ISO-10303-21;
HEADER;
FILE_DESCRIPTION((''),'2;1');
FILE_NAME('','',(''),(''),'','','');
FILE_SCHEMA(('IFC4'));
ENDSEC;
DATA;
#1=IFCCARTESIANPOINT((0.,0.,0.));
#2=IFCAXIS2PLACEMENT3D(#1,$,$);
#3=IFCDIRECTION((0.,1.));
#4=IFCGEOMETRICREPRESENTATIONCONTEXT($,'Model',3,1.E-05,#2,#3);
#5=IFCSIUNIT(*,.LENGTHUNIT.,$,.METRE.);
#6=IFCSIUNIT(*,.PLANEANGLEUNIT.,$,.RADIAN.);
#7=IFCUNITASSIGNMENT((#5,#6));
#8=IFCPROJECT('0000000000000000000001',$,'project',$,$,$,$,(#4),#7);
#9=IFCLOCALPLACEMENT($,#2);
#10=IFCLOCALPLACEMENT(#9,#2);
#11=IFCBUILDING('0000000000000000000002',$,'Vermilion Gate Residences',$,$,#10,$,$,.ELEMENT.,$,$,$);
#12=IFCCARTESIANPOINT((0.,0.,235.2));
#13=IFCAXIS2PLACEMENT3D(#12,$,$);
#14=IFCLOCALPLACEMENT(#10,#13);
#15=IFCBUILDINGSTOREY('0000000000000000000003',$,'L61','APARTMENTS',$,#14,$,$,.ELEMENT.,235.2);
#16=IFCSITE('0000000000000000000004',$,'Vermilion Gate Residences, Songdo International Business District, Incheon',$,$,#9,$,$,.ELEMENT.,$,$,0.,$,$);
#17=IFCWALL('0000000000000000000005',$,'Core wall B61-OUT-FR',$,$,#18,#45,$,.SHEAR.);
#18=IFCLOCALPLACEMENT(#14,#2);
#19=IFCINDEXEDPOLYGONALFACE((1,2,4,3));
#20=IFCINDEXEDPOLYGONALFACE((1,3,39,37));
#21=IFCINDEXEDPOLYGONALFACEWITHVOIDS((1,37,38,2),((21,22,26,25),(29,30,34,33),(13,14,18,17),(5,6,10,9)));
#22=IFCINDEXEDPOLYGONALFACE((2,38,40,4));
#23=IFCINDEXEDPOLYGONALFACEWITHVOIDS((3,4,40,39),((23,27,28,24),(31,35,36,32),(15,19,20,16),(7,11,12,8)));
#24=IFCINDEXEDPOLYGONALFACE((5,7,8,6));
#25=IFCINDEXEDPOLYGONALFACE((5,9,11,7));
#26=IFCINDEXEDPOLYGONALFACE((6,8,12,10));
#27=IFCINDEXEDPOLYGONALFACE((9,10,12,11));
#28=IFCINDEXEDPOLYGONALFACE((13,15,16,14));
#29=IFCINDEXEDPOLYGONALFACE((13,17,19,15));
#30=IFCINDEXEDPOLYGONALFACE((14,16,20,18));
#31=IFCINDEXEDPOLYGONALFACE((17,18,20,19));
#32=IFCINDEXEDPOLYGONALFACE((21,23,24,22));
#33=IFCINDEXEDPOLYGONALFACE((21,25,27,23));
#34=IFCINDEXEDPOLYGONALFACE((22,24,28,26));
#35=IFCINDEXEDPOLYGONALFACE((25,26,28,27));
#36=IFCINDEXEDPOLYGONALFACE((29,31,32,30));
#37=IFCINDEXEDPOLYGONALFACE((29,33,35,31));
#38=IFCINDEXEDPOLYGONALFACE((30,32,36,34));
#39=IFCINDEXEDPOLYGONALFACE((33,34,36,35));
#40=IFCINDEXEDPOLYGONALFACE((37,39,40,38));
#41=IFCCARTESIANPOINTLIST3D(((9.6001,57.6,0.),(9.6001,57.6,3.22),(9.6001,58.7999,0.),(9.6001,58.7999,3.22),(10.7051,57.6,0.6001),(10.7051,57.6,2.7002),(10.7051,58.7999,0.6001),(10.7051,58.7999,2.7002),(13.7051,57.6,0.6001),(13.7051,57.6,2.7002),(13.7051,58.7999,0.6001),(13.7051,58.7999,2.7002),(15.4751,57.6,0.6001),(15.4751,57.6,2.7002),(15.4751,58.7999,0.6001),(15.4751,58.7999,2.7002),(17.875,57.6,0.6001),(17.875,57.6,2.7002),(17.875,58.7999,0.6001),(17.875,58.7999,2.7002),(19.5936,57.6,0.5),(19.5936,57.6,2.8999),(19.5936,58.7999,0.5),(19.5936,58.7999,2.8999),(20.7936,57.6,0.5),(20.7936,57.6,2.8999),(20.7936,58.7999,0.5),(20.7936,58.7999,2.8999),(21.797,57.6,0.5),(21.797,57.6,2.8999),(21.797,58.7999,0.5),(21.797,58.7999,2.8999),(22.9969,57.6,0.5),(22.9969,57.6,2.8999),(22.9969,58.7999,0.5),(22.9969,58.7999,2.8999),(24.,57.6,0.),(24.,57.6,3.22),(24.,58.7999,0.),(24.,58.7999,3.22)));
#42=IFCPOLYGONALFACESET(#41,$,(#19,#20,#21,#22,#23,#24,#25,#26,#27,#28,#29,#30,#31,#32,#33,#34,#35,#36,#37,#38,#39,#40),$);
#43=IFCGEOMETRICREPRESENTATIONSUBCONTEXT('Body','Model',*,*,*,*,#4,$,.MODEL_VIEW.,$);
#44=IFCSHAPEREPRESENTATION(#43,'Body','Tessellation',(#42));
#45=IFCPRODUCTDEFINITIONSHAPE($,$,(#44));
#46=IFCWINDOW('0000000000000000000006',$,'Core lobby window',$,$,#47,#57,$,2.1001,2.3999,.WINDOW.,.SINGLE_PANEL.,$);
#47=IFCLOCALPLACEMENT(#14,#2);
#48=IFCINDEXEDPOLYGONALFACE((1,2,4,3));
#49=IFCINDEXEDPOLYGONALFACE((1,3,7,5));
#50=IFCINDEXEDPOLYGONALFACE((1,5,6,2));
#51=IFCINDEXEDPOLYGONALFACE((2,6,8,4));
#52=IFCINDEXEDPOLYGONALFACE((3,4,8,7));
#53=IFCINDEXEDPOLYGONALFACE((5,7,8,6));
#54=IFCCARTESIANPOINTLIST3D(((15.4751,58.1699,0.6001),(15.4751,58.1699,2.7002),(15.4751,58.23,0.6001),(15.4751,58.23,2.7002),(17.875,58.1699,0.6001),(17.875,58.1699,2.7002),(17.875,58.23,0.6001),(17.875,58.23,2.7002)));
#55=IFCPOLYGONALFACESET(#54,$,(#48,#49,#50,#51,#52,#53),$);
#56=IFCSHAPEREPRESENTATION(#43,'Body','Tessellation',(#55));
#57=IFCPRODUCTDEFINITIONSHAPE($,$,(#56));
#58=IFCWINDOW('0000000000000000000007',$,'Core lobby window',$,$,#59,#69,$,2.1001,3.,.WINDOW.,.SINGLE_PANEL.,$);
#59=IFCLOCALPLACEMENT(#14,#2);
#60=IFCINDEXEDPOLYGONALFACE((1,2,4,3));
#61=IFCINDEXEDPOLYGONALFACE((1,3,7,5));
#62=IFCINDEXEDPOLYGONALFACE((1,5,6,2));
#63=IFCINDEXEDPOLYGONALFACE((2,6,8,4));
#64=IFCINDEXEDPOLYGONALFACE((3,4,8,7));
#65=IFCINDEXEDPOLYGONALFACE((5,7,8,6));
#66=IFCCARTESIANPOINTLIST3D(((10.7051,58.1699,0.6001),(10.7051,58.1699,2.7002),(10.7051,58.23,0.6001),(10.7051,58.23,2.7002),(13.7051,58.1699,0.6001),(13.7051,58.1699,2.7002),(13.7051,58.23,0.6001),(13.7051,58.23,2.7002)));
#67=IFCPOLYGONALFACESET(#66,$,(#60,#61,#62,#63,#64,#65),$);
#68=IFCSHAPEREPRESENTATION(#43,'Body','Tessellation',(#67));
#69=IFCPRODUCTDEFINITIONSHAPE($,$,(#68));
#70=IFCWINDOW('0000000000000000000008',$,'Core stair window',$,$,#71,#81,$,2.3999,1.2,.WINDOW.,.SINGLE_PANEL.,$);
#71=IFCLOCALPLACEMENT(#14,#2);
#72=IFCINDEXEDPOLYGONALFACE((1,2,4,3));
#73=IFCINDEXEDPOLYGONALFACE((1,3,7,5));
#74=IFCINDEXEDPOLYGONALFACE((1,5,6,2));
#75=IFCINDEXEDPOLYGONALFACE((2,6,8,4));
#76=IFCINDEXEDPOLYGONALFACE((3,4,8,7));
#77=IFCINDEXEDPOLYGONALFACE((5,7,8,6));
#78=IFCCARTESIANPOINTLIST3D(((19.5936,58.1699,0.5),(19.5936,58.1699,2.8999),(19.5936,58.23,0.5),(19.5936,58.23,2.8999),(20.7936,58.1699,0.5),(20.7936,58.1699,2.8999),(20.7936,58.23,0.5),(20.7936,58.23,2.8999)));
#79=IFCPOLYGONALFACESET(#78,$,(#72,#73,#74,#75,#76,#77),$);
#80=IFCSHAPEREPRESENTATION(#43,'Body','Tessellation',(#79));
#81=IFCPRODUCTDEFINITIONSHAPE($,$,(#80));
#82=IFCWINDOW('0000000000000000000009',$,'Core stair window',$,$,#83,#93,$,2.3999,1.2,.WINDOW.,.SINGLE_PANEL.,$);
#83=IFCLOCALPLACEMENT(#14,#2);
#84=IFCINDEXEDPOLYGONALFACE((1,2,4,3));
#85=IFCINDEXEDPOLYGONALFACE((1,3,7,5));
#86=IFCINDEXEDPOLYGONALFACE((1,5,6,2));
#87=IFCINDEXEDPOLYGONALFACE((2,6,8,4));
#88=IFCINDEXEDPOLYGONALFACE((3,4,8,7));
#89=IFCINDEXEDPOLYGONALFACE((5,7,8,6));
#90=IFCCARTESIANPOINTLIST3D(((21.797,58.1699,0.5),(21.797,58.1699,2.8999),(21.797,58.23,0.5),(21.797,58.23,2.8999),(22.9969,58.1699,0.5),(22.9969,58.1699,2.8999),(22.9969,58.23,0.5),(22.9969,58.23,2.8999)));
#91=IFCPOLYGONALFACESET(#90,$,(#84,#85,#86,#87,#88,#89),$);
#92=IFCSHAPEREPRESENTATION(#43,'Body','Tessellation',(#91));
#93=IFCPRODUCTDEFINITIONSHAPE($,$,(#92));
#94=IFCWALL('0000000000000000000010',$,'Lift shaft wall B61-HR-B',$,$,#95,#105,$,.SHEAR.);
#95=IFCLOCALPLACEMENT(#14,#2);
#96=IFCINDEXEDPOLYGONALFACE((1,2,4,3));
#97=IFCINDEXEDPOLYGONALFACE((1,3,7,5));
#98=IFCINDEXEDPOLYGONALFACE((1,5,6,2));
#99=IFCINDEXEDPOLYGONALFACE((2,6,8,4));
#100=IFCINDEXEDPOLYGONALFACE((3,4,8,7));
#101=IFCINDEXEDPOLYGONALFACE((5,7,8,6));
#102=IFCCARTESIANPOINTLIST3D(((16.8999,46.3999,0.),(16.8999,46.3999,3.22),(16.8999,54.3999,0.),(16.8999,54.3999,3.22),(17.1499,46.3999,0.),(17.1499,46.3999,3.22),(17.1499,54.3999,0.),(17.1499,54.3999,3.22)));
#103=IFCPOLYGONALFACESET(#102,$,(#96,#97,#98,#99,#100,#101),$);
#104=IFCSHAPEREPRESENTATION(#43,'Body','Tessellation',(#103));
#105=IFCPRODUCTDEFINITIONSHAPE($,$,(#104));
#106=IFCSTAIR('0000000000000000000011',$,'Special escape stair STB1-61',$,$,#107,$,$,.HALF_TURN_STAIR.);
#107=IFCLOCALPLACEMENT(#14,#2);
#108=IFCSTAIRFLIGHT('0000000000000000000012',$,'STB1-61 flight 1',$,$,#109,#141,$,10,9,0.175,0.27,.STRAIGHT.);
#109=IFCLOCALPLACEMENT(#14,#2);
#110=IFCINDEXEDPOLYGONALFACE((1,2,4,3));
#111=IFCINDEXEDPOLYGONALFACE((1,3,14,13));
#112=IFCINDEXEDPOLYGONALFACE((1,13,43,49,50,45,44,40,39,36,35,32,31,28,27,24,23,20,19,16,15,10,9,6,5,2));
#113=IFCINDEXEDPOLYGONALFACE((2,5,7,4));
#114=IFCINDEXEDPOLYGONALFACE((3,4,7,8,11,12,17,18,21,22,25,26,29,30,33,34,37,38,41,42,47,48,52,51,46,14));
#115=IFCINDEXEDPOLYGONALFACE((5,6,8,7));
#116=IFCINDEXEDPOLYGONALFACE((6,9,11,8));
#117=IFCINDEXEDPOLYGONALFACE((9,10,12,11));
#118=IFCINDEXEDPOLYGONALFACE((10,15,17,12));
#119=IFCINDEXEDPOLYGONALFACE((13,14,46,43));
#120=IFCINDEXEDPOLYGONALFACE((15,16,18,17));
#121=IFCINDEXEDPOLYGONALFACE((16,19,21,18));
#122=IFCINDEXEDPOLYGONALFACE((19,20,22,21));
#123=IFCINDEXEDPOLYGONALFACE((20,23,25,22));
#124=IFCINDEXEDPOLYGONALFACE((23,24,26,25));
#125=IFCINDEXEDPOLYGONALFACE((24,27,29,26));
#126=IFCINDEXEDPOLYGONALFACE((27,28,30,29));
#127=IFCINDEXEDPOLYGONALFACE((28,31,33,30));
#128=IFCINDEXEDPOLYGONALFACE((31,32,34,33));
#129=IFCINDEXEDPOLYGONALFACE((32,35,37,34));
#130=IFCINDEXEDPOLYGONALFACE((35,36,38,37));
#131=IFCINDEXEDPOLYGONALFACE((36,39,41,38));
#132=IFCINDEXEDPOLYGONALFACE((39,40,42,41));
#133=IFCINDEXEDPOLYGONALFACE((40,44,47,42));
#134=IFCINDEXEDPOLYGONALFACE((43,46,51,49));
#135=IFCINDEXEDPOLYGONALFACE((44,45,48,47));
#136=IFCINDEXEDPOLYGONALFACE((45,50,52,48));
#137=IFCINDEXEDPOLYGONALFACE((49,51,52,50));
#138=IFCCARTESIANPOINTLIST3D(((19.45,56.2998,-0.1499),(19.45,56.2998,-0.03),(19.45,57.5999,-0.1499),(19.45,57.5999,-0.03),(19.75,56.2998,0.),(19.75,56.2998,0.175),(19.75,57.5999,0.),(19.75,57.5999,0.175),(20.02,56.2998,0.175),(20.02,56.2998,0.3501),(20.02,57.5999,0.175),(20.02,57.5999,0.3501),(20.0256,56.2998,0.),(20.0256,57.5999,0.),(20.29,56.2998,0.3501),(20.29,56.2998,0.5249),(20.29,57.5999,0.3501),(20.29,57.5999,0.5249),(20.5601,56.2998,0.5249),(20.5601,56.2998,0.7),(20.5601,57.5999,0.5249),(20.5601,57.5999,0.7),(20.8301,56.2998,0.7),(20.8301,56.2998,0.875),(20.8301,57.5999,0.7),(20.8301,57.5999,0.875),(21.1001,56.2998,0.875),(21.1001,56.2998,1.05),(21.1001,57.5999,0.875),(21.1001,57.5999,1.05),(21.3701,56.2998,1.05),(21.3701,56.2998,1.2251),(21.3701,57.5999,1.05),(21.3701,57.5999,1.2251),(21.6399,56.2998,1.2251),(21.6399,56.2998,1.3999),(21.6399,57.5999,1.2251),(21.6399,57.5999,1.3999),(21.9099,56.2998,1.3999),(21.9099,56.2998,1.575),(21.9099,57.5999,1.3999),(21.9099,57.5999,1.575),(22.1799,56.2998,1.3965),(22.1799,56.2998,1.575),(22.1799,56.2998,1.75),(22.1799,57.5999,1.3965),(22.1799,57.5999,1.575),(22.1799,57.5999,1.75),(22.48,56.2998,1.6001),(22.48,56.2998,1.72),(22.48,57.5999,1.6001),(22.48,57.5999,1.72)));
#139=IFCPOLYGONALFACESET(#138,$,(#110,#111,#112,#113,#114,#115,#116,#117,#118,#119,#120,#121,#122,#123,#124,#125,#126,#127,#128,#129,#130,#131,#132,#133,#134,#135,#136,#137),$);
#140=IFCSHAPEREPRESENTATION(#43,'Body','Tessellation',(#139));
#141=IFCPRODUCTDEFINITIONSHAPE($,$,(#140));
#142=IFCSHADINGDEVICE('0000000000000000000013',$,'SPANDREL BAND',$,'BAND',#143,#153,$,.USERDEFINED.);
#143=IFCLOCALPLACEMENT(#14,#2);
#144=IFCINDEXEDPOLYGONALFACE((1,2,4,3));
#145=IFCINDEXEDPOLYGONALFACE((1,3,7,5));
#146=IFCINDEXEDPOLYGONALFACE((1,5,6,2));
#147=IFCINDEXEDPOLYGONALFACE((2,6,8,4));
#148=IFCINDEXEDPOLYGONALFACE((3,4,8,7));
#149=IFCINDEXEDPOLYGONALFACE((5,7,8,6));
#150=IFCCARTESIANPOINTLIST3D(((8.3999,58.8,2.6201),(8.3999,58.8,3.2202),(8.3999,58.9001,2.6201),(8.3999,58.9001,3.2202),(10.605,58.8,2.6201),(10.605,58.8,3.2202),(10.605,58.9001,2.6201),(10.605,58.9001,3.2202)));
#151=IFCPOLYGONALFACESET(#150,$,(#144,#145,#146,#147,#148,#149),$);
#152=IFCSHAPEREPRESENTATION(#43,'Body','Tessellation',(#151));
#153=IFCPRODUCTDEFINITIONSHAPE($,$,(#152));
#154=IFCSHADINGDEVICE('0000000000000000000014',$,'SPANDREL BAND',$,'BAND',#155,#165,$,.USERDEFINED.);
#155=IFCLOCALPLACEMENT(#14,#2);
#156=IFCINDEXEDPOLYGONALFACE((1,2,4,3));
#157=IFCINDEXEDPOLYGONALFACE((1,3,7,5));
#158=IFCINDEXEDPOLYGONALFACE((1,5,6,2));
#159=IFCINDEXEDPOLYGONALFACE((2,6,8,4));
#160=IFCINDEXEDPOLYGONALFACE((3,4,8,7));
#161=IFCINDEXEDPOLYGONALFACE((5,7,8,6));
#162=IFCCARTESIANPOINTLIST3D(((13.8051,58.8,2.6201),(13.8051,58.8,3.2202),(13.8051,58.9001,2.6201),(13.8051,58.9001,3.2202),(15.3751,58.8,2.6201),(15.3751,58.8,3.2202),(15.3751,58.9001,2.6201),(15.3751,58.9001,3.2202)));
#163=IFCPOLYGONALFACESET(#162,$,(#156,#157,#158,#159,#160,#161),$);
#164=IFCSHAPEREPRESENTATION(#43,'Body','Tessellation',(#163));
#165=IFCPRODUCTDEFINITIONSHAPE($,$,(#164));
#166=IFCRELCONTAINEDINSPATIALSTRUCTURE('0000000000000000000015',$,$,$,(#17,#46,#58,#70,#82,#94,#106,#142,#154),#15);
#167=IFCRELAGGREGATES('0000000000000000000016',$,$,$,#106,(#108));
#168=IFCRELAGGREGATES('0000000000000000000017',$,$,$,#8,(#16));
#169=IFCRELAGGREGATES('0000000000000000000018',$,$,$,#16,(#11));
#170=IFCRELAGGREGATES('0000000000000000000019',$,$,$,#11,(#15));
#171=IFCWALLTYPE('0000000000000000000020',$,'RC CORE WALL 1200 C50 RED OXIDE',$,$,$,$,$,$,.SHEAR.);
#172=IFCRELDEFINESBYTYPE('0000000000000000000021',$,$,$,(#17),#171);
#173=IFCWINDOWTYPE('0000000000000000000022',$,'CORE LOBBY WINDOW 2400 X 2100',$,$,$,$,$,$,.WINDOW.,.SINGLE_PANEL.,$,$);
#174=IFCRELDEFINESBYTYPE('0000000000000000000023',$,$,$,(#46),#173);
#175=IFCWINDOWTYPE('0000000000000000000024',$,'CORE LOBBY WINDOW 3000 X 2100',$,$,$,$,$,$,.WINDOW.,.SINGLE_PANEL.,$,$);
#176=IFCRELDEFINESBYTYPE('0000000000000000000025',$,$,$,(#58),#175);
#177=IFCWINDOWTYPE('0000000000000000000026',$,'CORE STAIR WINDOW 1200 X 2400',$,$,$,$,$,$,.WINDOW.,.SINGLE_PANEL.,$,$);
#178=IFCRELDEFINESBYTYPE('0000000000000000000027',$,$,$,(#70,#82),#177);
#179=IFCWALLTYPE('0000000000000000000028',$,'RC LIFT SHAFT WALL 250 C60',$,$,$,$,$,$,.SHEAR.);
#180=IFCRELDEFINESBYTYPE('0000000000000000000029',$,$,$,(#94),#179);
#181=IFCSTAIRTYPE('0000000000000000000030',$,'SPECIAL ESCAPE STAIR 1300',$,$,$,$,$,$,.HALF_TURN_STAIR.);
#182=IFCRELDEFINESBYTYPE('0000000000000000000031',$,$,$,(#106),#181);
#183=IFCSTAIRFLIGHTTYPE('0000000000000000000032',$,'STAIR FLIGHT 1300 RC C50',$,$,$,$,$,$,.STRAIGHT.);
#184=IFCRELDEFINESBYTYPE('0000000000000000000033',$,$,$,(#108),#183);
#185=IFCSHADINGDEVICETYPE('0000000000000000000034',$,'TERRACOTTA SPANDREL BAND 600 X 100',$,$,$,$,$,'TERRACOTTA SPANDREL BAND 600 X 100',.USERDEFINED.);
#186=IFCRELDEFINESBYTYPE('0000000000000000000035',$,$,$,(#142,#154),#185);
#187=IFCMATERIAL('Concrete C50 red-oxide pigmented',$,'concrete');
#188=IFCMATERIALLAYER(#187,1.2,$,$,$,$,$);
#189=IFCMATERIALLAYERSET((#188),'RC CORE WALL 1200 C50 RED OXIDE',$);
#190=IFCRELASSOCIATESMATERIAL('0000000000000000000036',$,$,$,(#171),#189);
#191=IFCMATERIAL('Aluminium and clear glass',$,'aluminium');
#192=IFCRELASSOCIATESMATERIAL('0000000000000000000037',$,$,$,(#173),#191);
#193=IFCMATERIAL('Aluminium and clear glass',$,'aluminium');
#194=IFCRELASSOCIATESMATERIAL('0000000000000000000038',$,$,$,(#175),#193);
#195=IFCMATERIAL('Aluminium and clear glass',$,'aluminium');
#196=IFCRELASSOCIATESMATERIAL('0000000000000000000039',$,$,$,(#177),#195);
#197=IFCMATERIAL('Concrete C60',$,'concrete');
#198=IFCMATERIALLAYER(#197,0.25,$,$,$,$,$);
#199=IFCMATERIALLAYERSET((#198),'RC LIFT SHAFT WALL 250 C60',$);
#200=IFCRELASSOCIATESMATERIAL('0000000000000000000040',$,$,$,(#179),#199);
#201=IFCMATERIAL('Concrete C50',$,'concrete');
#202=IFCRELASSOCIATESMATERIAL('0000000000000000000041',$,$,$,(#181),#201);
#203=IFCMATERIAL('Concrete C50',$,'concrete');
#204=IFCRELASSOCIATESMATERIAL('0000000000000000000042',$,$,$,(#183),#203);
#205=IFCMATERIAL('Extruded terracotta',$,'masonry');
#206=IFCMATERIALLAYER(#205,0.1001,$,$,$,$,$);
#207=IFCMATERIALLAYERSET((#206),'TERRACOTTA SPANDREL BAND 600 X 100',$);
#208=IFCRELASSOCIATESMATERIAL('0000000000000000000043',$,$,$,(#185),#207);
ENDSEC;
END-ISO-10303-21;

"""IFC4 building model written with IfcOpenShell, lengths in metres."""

from ifc_helpers import new_model, si_unit, direction, frame, frame_2d, origin, origin_2d, place, context, subcontext, project, spatial, polyline, rectangle, outline, extrude, material, layer, layer_set, type_object, element, fill, aggregate, save


model = new_model("IFC4")

# Units and contexts
model_context = context("Model", 3, precision=1e-05, world=origin(), true_north=direction((0.0, 1.0)))
body_context = subcontext(model_context, "Body", "Model", "MODEL_VIEW")
ifc_project = project(units=[si_unit("LENGTHUNIT", "METRE"), si_unit("PLANEANGLEUNIT", "RADIAN")], contexts=[model_context])

# Site, building, storey
site_placement = place(None, origin())
site = spatial("IfcSite", under=ifc_project, at=site_placement, Name="Vermilion Gate Residences, Songdo International Business District, Incheon", CompositionType="ELEMENT", RefElevation=0.0)
building_placement = place(site_placement, origin())
building = spatial("IfcBuilding", under=site, at=building_placement, Name="Vermilion Gate Residences", CompositionType="ELEMENT")
storey_placement = place(building_placement, frame((0.0, 0.0, 235.2)))
storey = spatial("IfcBuildingStorey", under=building, at=storey_placement, Name="L61", Description="APARTMENTS", CompositionType="ELEMENT", Elevation=235.2)

# Wall, openings, windows
ifc_material_1 = material(Name="Concrete C50 red-oxide pigmented", Category="concrete")
ifc_layer_1 = layer(ifc_material_1, 1.2)
ifc_layer_set_1 = layer_set([ifc_layer_1], Name="RC CORE WALL 1200 C50 RED OXIDE")
wall_type_1 = type_object("IfcWallType", Name="RC CORE WALL 1200 C50 RED OXIDE", PredefinedType="SHEAR", material=ifc_layer_set_1)
ifc_material_2 = material(Name="Aluminium and clear glass", Category="aluminium")
window_type_1 = type_object("IfcWindowType", Name="CORE LOBBY WINDOW 2400 X 2100", PartitioningType="SINGLE_PANEL", PredefinedType="WINDOW", material=ifc_material_2)
wall_1_placement = place(storey_placement, frame((9.6001, 58.2, 0.0), z_axis=(0.0, 0.0, 1.0), x_axis=(1.0, 0.0, 0.0)))
wall_1 = element("IfcWall", 1, at=wall_1_placement, inside=storey, type_object=wall_type_1, Name="Core wall B61-OUT-FR", PredefinedType="SHEAR", context=body_context, shape_type="SweptSolid", body=[
    extrude(rectangle(XDim=14.3999, YDim=1.2, at=frame_2d((7.2, 0.0))), origin(), (0.0, 0.0, 1.0), 3.22),
])
opening_1_placement = place(wall_1_placement, frame((1.105, 0.0, 0.6001)))
opening_1 = element("IfcOpeningElement", 2, at=opening_1_placement, cuts=wall_1, PredefinedType="OPENING", context=body_context, shape_type="SweptSolid", body=[
    extrude(rectangle(XDim=3.0, YDim=2.1001, at=frame_2d((1.5, 1.05))), frame((0.0, 0.6099, 0.0), z_axis=(0.0, -1.0, 0.0), x_axis=(1.0, 0.0, 0.0)), (0.0, 0.0, 1.0), 1.22),
])
opening_2_placement = place(wall_1_placement, frame((5.875, 0.0, 0.6001)))
opening_2 = element("IfcOpeningElement", 3, at=opening_2_placement, cuts=wall_1, PredefinedType="OPENING", context=body_context, shape_type="SweptSolid", body=[
    extrude(rectangle(XDim=2.3999, YDim=2.1001, at=frame_2d((1.2, 1.05))), frame((0.0, 0.6099, 0.0), z_axis=(0.0, -1.0, 0.0), x_axis=(1.0, 0.0, 0.0)), (0.0, 0.0, 1.0), 1.22),
])
opening_3_placement = place(wall_1_placement, frame((9.9934, 0.0, 0.5)))
opening_3 = element("IfcOpeningElement", 4, at=opening_3_placement, cuts=wall_1, PredefinedType="OPENING", context=body_context, shape_type="SweptSolid", body=[
    extrude(rectangle(XDim=1.2, YDim=2.3999, at=frame_2d((0.6001, 1.2))), frame((0.0, 0.6099, 0.0), z_axis=(0.0, -1.0, 0.0), x_axis=(1.0, 0.0, 0.0)), (0.0, 0.0, 1.0), 1.22),
])
opening_4_placement = place(wall_1_placement, frame((12.1968, 0.0, 0.5)))
opening_4 = element("IfcOpeningElement", 5, at=opening_4_placement, cuts=wall_1, PredefinedType="OPENING", context=body_context, shape_type="SweptSolid", body=[
    extrude(rectangle(XDim=1.2, YDim=2.3999, at=frame_2d((0.6001, 1.2))), frame((0.0, 0.6099, 0.0), z_axis=(0.0, -1.0, 0.0), x_axis=(1.0, 0.0, 0.0)), (0.0, 0.0, 1.0), 1.22),
])
window_1_placement = place(opening_2_placement, origin())
window_1 = element("IfcWindow", 6, at=window_1_placement, inside=storey, type_object=window_type_1, Name="Core lobby window", OverallHeight=2.1001, OverallWidth=2.3999, PartitioningType="SINGLE_PANEL", PredefinedType="WINDOW", context=body_context, shape_type="SweptSolid", body=[
    extrude(rectangle(XDim=2.3999, YDim=2.1001, at=frame_2d((1.2, 1.05))), frame((0.0, 0.03, 0.0), z_axis=(0.0, -1.0, 0.0), x_axis=(1.0, 0.0, 0.0)), (0.0, 0.0, 1.0), 0.0601),
])
fill(opening_2, window_1)
ifc_material_3 = material(Name="Aluminium and clear glass", Category="aluminium")
window_type_2 = type_object("IfcWindowType", Name="CORE LOBBY WINDOW 3000 X 2100", PartitioningType="SINGLE_PANEL", PredefinedType="WINDOW", material=ifc_material_3)
window_2_placement = place(opening_1_placement, origin())
window_2 = element("IfcWindow", 7, at=window_2_placement, inside=storey, type_object=window_type_2, Name="Core lobby window", OverallHeight=2.1001, OverallWidth=3.0, PartitioningType="SINGLE_PANEL", PredefinedType="WINDOW", context=body_context, shape_type="SweptSolid", body=[
    extrude(rectangle(XDim=3.0, YDim=2.1001, at=frame_2d((1.5, 1.05))), frame((0.0, 0.03, 0.0), z_axis=(0.0, -1.0, 0.0), x_axis=(1.0, 0.0, 0.0)), (0.0, 0.0, 1.0), 0.0601),
])
fill(opening_1, window_2)
ifc_material_4 = material(Name="Aluminium and clear glass", Category="aluminium")
window_type_3 = type_object("IfcWindowType", Name="CORE STAIR WINDOW 1200 X 2400", PartitioningType="SINGLE_PANEL", PredefinedType="WINDOW", material=ifc_material_4)
window_3_placement = place(opening_3_placement, origin())
window_3 = element("IfcWindow", 8, at=window_3_placement, inside=storey, type_object=window_type_3, Name="Core stair window", OverallHeight=2.3999, OverallWidth=1.2, PartitioningType="SINGLE_PANEL", PredefinedType="WINDOW", context=body_context, shape_type="SweptSolid", body=[
    extrude(rectangle(XDim=1.2, YDim=2.3999, at=frame_2d((0.6001, 1.2))), frame((0.0, 0.03, 0.0), z_axis=(0.0, -1.0, 0.0), x_axis=(1.0, 0.0, 0.0)), (0.0, 0.0, 1.0), 0.0601),
])
fill(opening_3, window_3)
window_4_placement = place(opening_4_placement, origin())
window_4 = element("IfcWindow", 9, at=window_4_placement, inside=storey, type_object=window_type_3, Name="Core stair window", OverallHeight=2.3999, OverallWidth=1.2, PartitioningType="SINGLE_PANEL", PredefinedType="WINDOW", context=body_context, shape_type="SweptSolid", body=[
    extrude(rectangle(XDim=1.2, YDim=2.3999, at=frame_2d((0.6001, 1.2))), frame((0.0, 0.03, 0.0), z_axis=(0.0, -1.0, 0.0), x_axis=(1.0, 0.0, 0.0)), (0.0, 0.0, 1.0), 0.0601),
])
fill(opening_4, window_4)

# Wall
ifc_material_5 = material(Name="Concrete C60", Category="concrete")
ifc_layer_2 = layer(ifc_material_5, 0.25)
ifc_layer_set_2 = layer_set([ifc_layer_2], Name="RC LIFT SHAFT WALL 250 C60")
wall_type_2 = type_object("IfcWallType", Name="RC LIFT SHAFT WALL 250 C60", PredefinedType="SHEAR", material=ifc_layer_set_2)
wall_2_placement = place(storey_placement, frame((17.0249, 54.3999, 0.0), z_axis=(0.0, 0.0, 1.0), x_axis=(0.0, -1.0, 0.0)))
element("IfcWall", 10, at=wall_2_placement, inside=storey, type_object=wall_type_2, Name="Lift shaft wall B61-HR-B", PredefinedType="SHEAR", context=body_context, shape_type="SweptSolid", body=[
    extrude(rectangle(XDim=8.0, YDim=0.25, at=frame_2d((4.0, 0.0))), origin(), (0.0, 0.0, 1.0), 3.22),
])

# Stair, stair flight
ifc_material_6 = material(Name="Concrete C50", Category="concrete")
stair_type = type_object("IfcStairType", Name="SPECIAL ESCAPE STAIR 1300", PredefinedType="HALF_TURN_STAIR", material=ifc_material_6)
stair_placement = place(storey_placement, origin())
stair = element("IfcStair", 11, at=stair_placement, inside=storey, type_object=stair_type, Name="Special escape stair STB1-61", PredefinedType="HALF_TURN_STAIR")
ifc_material_7 = material(Name="Concrete C50", Category="concrete")
stair_flight_type = type_object("IfcStairFlightType", Name="STAIR FLIGHT 1300 RC C50", PredefinedType="STRAIGHT", material=ifc_material_7)
stair_flight_placement = place(storey_placement, frame((19.75, 56.95, 0.0), z_axis=(0.0, 0.0, 1.0), x_axis=(1.0, 0.0, 0.0)))
stair_flight = element("IfcStairFlight", 12, at=stair_flight_placement, type_object=stair_flight_type, Name="STB1-61 flight 1", NumberOfRisers=10, NumberOfTreads=9, PredefinedType="STRAIGHT", RiserHeight=0.175, TreadLength=0.27, context=body_context, shape_type="SweptSolid", body=[
    extrude(outline(polyline([(-0.3, -0.1499), (-0.3, -0.03), (0.0, 0.0), (0.0, 0.175), (0.27, 0.175), (0.27, 0.3501), (0.54, 0.3501), (0.54, 0.5249), (0.8101, 0.5249), (0.8101, 0.7), (1.0801, 0.7), (1.0801, 0.875), (1.3501, 0.875), (1.3501, 1.05), (1.6201, 1.05), (1.6201, 1.2251), (1.8899, 1.2251), (1.8899, 1.3999), (2.1599, 1.3999), (2.1599, 1.575), (2.4299, 1.575), (2.4299, 1.75), (2.73, 1.72), (2.73, 1.6001), (2.4299, 1.3965), (0.2756, 0.0), (-0.3, -0.1499)])), frame((0.0, 0.6499, 0.0), z_axis=(0.0, -1.0, 0.0), x_axis=(1.0, 0.0, 0.0)), (0.0, 0.0, 1.0), 1.3),
])
aggregate(stair, [stair_flight])

# Shading devices
ifc_material_8 = material(Name="Extruded terracotta", Category="masonry")
ifc_layer_3 = layer(ifc_material_8, 0.1001)
ifc_layer_set_3 = layer_set([ifc_layer_3], Name="TERRACOTTA SPANDREL BAND 600 X 100")
shading_device_type = type_object("IfcShadingDeviceType", Name="TERRACOTTA SPANDREL BAND 600 X 100", ElementType="TERRACOTTA SPANDREL BAND 600 X 100", PredefinedType="USERDEFINED", material=ifc_layer_set_3)
shading_device_1_placement = place(storey_placement, frame((9.5024, 58.8501, 2.6201), z_axis=(0.0, 0.0, 1.0), x_axis=(1.0, 0.0, 0.0)))
element("IfcShadingDevice", 13, at=shading_device_1_placement, inside=storey, type_object=shading_device_type, Name="SPANDREL BAND", ObjectType="BAND", PredefinedType="USERDEFINED", context=body_context, shape_type="SweptSolid", body=[
    extrude(rectangle(XDim=2.2051, YDim=0.1001, at=origin_2d()), origin(), (0.0, 0.0, 1.0), 0.6001),
])
shading_device_2_placement = place(storey_placement, frame((14.5901, 58.8501, 2.6201), z_axis=(0.0, 0.0, 1.0), x_axis=(1.0, 0.0, 0.0)))
element("IfcShadingDevice", 14, at=shading_device_2_placement, inside=storey, type_object=shading_device_type, Name="SPANDREL BAND", ObjectType="BAND", PredefinedType="USERDEFINED", context=body_context, shape_type="SweptSolid", body=[
    extrude(rectangle(XDim=1.5701, YDim=0.1001, at=origin_2d()), origin(), (0.0, 0.0, 1.0), 0.6001),
])

save(model, "model.ifc")
